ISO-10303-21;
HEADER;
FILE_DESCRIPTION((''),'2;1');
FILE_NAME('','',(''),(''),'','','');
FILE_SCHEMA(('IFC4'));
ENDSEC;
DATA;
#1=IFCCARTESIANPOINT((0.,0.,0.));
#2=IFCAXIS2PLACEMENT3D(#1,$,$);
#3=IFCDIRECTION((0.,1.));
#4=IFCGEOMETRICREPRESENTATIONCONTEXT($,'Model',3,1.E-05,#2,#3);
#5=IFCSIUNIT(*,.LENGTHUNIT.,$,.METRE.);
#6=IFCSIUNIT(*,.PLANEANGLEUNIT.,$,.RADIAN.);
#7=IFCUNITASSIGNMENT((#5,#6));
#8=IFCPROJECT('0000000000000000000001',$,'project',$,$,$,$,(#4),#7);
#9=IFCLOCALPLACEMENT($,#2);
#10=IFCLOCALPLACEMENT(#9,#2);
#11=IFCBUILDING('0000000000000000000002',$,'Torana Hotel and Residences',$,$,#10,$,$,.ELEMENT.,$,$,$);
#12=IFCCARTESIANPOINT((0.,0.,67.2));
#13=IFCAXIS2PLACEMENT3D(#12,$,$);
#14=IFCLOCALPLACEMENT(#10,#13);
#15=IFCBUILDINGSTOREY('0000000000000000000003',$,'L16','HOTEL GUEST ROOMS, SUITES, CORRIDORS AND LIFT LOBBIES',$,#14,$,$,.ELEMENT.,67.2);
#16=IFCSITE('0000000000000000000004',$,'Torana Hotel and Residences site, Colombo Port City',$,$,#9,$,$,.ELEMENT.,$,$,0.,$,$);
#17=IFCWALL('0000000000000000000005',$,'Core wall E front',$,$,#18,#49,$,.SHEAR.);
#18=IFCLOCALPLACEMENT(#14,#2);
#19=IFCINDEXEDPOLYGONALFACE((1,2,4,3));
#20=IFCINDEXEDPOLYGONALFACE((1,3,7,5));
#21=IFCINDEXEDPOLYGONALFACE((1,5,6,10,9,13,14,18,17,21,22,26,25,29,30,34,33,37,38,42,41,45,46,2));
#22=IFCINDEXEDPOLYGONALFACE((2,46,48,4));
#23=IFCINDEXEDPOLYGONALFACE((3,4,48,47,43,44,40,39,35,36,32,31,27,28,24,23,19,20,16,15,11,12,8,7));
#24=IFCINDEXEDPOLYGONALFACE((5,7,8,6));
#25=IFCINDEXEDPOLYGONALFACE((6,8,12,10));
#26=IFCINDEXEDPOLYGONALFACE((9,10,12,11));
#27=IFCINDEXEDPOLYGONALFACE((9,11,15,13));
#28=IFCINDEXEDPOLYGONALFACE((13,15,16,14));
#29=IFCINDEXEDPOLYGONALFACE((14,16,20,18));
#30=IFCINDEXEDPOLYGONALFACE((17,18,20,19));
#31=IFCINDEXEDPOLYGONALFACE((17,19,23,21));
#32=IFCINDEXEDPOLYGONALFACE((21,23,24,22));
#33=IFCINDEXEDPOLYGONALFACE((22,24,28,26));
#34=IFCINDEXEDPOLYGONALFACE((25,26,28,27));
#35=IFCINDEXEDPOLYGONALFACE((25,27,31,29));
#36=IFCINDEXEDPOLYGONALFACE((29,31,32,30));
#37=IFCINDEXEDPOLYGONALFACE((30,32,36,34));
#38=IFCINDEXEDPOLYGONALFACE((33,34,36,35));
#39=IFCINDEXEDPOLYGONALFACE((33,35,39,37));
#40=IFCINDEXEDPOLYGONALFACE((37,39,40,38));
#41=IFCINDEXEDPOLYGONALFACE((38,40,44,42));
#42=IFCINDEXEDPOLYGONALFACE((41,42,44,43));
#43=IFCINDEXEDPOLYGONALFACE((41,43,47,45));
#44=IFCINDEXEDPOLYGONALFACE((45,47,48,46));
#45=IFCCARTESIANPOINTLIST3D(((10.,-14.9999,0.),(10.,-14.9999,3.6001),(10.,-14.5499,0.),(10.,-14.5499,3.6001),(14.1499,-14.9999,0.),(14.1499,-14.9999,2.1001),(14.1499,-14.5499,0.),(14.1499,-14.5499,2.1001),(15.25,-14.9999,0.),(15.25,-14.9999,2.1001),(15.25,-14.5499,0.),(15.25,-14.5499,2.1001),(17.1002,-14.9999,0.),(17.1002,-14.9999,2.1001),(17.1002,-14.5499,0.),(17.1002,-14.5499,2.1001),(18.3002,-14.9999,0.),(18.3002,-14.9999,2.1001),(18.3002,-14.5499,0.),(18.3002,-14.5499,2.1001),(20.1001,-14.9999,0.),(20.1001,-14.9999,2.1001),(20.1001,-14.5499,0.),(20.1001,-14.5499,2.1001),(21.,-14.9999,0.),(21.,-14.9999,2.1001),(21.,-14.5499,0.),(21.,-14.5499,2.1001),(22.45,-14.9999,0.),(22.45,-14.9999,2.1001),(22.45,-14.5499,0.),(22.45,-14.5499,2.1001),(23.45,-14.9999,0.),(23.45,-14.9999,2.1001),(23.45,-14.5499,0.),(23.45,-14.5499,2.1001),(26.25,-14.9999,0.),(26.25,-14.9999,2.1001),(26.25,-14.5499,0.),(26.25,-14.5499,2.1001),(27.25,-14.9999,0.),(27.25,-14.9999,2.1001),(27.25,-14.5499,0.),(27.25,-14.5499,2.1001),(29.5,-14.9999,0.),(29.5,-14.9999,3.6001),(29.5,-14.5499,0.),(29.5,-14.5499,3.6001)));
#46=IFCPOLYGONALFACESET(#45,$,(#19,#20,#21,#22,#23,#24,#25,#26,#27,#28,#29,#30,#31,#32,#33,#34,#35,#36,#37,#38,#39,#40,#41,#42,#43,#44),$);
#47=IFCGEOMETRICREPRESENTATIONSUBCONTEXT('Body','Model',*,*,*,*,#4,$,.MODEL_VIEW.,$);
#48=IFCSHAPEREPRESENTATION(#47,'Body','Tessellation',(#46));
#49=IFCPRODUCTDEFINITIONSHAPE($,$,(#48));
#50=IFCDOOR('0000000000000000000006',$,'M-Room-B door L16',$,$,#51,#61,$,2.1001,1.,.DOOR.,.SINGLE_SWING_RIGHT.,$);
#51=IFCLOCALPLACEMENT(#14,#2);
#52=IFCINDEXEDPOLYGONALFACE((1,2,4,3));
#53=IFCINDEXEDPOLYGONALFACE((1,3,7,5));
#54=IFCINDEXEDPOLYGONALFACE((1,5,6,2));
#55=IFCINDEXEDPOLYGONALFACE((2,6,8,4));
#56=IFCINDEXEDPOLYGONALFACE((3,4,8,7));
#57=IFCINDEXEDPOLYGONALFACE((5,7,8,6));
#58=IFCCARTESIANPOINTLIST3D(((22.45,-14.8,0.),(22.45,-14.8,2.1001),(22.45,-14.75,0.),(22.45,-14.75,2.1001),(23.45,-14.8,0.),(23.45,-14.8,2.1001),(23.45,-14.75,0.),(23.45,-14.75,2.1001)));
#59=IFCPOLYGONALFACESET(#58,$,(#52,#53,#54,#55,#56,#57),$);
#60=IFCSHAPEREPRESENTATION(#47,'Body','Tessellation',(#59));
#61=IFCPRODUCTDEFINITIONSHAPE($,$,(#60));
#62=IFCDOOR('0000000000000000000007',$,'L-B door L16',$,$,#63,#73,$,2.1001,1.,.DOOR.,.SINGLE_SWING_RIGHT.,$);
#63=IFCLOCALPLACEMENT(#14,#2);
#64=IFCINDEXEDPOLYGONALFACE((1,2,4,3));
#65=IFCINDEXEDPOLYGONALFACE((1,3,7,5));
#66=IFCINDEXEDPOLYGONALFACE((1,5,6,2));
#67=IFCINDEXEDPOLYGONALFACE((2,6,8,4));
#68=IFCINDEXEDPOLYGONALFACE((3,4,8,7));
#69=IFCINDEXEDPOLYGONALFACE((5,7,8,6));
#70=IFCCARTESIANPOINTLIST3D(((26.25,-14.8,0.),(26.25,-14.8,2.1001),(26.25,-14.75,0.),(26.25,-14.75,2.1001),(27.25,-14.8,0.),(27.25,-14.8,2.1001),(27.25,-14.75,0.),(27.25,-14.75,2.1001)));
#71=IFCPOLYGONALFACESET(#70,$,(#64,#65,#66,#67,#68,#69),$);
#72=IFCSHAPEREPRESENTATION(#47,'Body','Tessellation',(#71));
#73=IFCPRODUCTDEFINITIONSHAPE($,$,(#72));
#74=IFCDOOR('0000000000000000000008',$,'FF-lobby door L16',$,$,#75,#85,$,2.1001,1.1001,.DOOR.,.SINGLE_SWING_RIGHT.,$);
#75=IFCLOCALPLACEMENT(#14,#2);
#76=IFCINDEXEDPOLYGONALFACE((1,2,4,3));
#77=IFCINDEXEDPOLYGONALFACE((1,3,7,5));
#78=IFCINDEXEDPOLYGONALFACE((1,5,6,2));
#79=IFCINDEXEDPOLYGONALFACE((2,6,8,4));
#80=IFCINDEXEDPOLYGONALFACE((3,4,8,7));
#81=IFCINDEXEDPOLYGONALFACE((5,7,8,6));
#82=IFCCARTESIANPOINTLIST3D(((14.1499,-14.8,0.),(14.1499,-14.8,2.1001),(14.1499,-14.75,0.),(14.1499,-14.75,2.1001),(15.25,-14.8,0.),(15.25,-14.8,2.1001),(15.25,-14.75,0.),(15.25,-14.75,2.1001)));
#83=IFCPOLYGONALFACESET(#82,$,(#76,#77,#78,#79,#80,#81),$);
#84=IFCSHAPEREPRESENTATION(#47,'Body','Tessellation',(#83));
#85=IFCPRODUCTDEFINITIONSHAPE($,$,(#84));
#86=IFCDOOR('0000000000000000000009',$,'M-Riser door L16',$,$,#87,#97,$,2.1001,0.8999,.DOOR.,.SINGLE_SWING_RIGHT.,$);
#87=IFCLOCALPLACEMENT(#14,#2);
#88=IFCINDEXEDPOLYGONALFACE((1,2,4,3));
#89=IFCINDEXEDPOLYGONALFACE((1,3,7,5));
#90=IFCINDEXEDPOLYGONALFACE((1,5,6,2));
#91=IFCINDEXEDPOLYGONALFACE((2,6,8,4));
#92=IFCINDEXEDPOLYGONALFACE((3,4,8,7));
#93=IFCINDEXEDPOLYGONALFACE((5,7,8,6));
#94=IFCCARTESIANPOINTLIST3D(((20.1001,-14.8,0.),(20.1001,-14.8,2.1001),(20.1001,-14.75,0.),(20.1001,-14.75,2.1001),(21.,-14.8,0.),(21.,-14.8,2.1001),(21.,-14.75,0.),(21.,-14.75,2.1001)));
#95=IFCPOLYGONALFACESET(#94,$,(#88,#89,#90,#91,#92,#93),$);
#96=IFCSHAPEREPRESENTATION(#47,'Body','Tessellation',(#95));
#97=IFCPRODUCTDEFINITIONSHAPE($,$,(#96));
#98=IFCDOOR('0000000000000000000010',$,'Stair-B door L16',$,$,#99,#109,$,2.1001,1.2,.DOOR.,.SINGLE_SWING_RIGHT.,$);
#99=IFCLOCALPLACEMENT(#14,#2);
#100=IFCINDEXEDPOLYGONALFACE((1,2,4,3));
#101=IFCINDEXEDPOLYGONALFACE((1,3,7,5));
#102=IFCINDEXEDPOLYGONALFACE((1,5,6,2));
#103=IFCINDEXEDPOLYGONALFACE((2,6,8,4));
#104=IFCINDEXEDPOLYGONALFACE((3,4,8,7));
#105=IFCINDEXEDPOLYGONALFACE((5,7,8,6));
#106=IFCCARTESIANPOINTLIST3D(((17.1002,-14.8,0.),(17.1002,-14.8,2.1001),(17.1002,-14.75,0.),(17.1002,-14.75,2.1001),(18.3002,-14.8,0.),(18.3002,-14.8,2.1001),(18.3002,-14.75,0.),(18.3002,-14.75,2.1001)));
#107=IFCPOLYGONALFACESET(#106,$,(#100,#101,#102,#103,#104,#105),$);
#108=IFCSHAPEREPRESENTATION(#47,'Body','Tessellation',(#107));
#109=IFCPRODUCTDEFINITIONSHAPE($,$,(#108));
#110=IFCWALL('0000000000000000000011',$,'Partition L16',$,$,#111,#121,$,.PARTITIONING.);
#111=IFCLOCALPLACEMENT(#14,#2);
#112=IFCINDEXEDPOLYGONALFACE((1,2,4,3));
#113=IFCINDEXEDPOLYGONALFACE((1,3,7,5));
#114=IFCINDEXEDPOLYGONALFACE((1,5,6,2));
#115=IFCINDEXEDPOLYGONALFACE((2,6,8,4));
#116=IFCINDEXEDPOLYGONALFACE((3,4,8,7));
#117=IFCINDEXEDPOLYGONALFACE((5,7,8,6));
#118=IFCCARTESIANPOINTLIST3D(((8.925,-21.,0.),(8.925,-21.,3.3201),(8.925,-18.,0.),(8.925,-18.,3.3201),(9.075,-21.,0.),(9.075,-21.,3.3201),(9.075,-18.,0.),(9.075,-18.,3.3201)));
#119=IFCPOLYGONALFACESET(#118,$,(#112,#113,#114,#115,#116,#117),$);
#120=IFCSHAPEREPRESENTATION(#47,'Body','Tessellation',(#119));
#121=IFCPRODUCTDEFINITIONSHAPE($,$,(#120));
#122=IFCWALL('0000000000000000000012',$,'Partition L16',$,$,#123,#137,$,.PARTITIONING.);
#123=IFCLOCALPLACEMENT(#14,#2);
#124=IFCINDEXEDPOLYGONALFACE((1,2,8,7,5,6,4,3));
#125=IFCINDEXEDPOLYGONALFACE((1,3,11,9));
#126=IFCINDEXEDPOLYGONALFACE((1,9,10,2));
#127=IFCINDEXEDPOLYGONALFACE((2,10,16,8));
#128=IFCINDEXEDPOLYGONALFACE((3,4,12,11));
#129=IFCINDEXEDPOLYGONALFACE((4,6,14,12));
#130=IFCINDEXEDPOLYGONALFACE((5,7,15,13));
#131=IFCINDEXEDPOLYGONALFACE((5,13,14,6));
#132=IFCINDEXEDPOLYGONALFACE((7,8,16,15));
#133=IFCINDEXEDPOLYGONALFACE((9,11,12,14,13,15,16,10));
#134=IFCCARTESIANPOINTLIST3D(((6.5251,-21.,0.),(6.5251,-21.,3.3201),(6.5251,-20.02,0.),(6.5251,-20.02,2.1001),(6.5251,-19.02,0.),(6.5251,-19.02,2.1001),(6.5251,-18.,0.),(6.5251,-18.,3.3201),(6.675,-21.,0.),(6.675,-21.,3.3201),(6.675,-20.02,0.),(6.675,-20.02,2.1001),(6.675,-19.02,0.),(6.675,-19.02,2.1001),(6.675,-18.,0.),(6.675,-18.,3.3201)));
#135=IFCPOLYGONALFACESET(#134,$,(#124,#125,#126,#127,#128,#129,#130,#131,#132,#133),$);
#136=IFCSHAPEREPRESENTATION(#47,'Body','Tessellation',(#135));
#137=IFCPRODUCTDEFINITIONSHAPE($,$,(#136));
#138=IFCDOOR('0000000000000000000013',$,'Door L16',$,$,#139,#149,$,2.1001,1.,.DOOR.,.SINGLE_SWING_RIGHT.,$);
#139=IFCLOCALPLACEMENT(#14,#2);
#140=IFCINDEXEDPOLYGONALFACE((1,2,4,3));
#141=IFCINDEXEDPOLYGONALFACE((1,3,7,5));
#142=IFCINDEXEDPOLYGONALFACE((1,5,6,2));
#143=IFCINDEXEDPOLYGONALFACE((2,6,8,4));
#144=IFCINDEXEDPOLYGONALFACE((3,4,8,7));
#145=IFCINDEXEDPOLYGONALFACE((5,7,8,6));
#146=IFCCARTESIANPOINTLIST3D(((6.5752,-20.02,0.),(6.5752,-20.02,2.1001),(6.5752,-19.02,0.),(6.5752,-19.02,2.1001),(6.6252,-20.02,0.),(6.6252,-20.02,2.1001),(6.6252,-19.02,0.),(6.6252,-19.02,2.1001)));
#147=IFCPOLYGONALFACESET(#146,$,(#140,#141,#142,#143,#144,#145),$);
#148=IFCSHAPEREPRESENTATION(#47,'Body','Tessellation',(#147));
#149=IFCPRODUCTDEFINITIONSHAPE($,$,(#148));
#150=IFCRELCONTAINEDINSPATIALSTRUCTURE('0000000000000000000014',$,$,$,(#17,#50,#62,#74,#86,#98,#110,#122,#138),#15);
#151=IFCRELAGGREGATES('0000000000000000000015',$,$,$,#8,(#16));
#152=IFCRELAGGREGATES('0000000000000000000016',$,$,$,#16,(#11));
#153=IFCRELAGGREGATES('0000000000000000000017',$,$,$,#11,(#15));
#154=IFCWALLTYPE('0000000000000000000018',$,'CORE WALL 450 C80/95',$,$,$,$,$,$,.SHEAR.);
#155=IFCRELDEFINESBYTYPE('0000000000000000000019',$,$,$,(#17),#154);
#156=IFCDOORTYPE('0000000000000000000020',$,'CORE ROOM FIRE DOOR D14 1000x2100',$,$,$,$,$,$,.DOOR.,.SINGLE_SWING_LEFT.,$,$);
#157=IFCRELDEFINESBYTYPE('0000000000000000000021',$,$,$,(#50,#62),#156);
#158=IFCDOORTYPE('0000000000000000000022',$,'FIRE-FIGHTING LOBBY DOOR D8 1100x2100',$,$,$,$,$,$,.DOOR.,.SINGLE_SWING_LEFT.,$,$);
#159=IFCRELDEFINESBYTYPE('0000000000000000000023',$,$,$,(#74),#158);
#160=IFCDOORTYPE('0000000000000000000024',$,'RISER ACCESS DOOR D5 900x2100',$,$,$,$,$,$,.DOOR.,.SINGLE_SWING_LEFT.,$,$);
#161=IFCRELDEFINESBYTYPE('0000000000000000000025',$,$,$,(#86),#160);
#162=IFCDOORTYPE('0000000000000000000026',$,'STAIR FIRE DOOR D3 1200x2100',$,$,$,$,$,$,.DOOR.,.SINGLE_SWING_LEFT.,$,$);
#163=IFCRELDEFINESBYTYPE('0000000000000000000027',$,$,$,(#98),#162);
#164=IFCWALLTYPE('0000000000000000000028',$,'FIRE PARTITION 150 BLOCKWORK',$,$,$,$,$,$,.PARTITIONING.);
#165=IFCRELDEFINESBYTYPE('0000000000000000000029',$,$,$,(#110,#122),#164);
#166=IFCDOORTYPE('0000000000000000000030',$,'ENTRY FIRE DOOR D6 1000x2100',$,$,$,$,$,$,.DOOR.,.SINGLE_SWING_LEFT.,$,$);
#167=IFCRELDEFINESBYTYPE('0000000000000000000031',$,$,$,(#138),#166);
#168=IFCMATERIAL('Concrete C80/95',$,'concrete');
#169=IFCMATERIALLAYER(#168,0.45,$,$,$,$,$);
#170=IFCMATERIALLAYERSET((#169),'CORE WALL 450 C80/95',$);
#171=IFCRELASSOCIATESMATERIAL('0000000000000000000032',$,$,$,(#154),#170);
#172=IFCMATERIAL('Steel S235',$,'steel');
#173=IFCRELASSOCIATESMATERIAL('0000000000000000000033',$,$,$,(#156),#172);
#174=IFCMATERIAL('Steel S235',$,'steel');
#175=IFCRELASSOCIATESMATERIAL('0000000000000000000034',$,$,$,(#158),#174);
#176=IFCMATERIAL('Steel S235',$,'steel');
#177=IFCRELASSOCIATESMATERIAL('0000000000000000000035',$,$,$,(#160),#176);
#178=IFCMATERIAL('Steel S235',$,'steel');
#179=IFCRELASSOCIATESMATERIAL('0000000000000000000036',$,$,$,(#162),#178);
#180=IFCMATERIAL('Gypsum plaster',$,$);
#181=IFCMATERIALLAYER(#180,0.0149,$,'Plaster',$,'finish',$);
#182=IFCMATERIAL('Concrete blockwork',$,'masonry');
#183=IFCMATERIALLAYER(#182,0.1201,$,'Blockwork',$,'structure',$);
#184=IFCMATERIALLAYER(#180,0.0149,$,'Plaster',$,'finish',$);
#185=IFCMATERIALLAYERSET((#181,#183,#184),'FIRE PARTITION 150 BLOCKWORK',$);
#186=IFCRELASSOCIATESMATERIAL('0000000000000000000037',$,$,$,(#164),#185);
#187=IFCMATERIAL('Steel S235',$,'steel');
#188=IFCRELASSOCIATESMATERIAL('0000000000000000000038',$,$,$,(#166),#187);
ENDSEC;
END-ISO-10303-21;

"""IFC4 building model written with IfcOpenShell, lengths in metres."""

from ifc_helpers import new_model, si_unit, direction, frame, frame_2d, origin, place, context, subcontext, project, spatial, rectangle, extrude, material, layer, layer_set, type_object, element, fill, save


model = new_model("IFC4")

# Units and contexts
model_context = context("Model", 3, precision=1e-05, world=origin(), true_north=direction((0.0, 1.0)))
body_context = subcontext(model_context, "Body", "Model", "MODEL_VIEW")
ifc_project = project(units=[si_unit("LENGTHUNIT", "METRE"), si_unit("PLANEANGLEUNIT", "RADIAN")], contexts=[model_context])

# Site, building, storey
site_placement = place(None, origin())
site = spatial("IfcSite", under=ifc_project, at=site_placement, Name="Torana Hotel and Residences site, Colombo Port City", CompositionType="ELEMENT", RefElevation=0.0)
building_placement = place(site_placement, origin())
building = spatial("IfcBuilding", under=site, at=building_placement, Name="Torana Hotel and Residences", CompositionType="ELEMENT")
storey_placement = place(building_placement, frame((0.0, 0.0, 67.2)))
storey = spatial("IfcBuildingStorey", under=building, at=storey_placement, Name="L16", Description="HOTEL GUEST ROOMS, SUITES, CORRIDORS AND LIFT LOBBIES", CompositionType="ELEMENT", Elevation=67.2)

# Wall, openings, doors
ifc_material_1 = material(Name="Concrete C80/95", Category="concrete")
ifc_layer_1 = layer(ifc_material_1, 0.45)
ifc_layer_set_1 = layer_set([ifc_layer_1], Name="CORE WALL 450 C80/95")
wall_type_1 = type_object("IfcWallType", Name="CORE WALL 450 C80/95", PredefinedType="SHEAR", material=ifc_layer_set_1)
wall_1_placement = place(storey_placement, frame((10.0, -14.7749, 0.0), z_axis=(0.0, 0.0, 1.0), x_axis=(1.0, 0.0, 0.0)))
wall_1 = element("IfcWall", 1, at=wall_1_placement, inside=storey, type_object=wall_type_1, Name="Core wall E front", PredefinedType="SHEAR", context=body_context, shape_type="SweptSolid", body=[
    extrude(rectangle(XDim=19.5, YDim=0.45, at=frame_2d((9.75, 0.0))), origin(), (0.0, 0.0, 1.0), 3.6001),
])
opening_1_placement = place(wall_1_placement, frame((7.1001, 0.0, 0.0)))
opening_1 = element("IfcOpeningElement", 2, at=opening_1_placement, cuts=wall_1, PredefinedType="OPENING", context=body_context, shape_type="SweptSolid", body=[
    extrude(rectangle(XDim=1.2, YDim=2.1001, at=frame_2d((0.6001, 1.05))), frame((0.0, 0.2349, 0.0), z_axis=(0.0, -1.0, 0.0), x_axis=(1.0, 0.0, 0.0)), (0.0, 0.0, 1.0), 0.47),
])
opening_2_placement = place(wall_1_placement, frame((4.1499, 0.0, 0.0)))
opening_2 = element("IfcOpeningElement", 3, at=opening_2_placement, cuts=wall_1, PredefinedType="OPENING", context=body_context, shape_type="SweptSolid", body=[
    extrude(rectangle(XDim=1.1001, YDim=2.1001, at=frame_2d((0.55, 1.05))), frame((0.0, 0.2349, 0.0), z_axis=(0.0, -1.0, 0.0), x_axis=(1.0, 0.0, 0.0)), (0.0, 0.0, 1.0), 0.47),
])
opening_3_placement = place(wall_1_placement, frame((10.1001, 0.0, 0.0)))
opening_3 = element("IfcOpeningElement", 4, at=opening_3_placement, cuts=wall_1, PredefinedType="OPENING", context=body_context, shape_type="SweptSolid", body=[
    extrude(rectangle(XDim=0.8999, YDim=2.1001, at=frame_2d((0.45, 1.05))), frame((0.0, 0.2349, 0.0), z_axis=(0.0, -1.0, 0.0), x_axis=(1.0, 0.0, 0.0)), (0.0, 0.0, 1.0), 0.47),
])
opening_4_placement = place(wall_1_placement, frame((12.45, 0.0, 0.0)))
opening_4 = element("IfcOpeningElement", 5, at=opening_4_placement, cuts=wall_1, PredefinedType="OPENING", context=body_context, shape_type="SweptSolid", body=[
    extrude(rectangle(XDim=1.0, YDim=2.1001, at=frame_2d((0.5, 1.05))), frame((0.0, 0.2349, 0.0), z_axis=(0.0, -1.0, 0.0), x_axis=(1.0, 0.0, 0.0)), (0.0, 0.0, 1.0), 0.47),
])
opening_5_placement = place(wall_1_placement, frame((16.25, 0.0, 0.0)))
opening_5 = element("IfcOpeningElement", 6, at=opening_5_placement, cuts=wall_1, PredefinedType="OPENING", context=body_context, shape_type="SweptSolid", body=[
    extrude(rectangle(XDim=1.0, YDim=2.1001, at=frame_2d((0.5, 1.05))), frame((0.0, 0.2349, 0.0), z_axis=(0.0, -1.0, 0.0), x_axis=(1.0, 0.0, 0.0)), (0.0, 0.0, 1.0), 0.47),
])
ifc_material_2 = material(Name="Steel S235", Category="steel")
door_type_1 = type_object("IfcDoorType", Name="CORE ROOM FIRE DOOR D14 1000x2100", OperationType="SINGLE_SWING_LEFT", PredefinedType="DOOR", material=ifc_material_2)
door_1_placement = place(opening_4_placement, origin())
door_1 = element("IfcDoor", 7, at=door_1_placement, inside=storey, type_object=door_type_1, Name="M-Room-B door L16", OperationType="SINGLE_SWING_RIGHT", OverallHeight=2.1001, OverallWidth=1.0, PredefinedType="DOOR", context=body_context, shape_type="SweptSolid", body=[
    extrude(rectangle(XDim=1.0, YDim=2.1001, at=frame_2d((0.5, 1.05))), frame((0.0, 0.0249, 0.0), z_axis=(0.0, -1.0, 0.0), x_axis=(1.0, 0.0, 0.0)), (0.0, 0.0, 1.0), 0.05),
])
fill(opening_4, door_1)
door_2_placement = place(opening_5_placement, origin())
door_2 = element("IfcDoor", 8, at=door_2_placement, inside=storey, type_object=door_type_1, Name="L-B door L16", OperationType="SINGLE_SWING_RIGHT", OverallHeight=2.1001, OverallWidth=1.0, PredefinedType="DOOR", context=body_context, shape_type="SweptSolid", body=[
    extrude(rectangle(XDim=1.0, YDim=2.1001, at=frame_2d((0.5, 1.05))), frame((0.0, 0.0249, 0.0), z_axis=(0.0, -1.0, 0.0), x_axis=(1.0, 0.0, 0.0)), (0.0, 0.0, 1.0), 0.05),
])
fill(opening_5, door_2)
ifc_material_3 = material(Name="Steel S235", Category="steel")
door_type_2 = type_object("IfcDoorType", Name="FIRE-FIGHTING LOBBY DOOR D8 1100x2100", OperationType="SINGLE_SWING_LEFT", PredefinedType="DOOR", material=ifc_material_3)
door_3_placement = place(opening_2_placement, origin())
door_3 = element("IfcDoor", 9, at=door_3_placement, inside=storey, type_object=door_type_2, Name="FF-lobby door L16", OperationType="SINGLE_SWING_RIGHT", OverallHeight=2.1001, OverallWidth=1.1001, PredefinedType="DOOR", context=body_context, shape_type="SweptSolid", body=[
    extrude(rectangle(XDim=1.1001, YDim=2.1001, at=frame_2d((0.55, 1.05))), frame((0.0, 0.0249, 0.0), z_axis=(0.0, -1.0, 0.0), x_axis=(1.0, 0.0, 0.0)), (0.0, 0.0, 1.0), 0.05),
])
fill(opening_2, door_3)
ifc_material_4 = material(Name="Steel S235", Category="steel")
door_type_3 = type_object("IfcDoorType", Name="RISER ACCESS DOOR D5 900x2100", OperationType="SINGLE_SWING_LEFT", PredefinedType="DOOR", material=ifc_material_4)
door_4_placement = place(opening_3_placement, origin())
door_4 = element("IfcDoor", 10, at=door_4_placement, inside=storey, type_object=door_type_3, Name="M-Riser door L16", OperationType="SINGLE_SWING_RIGHT", OverallHeight=2.1001, OverallWidth=0.8999, PredefinedType="DOOR", context=body_context, shape_type="SweptSolid", body=[
    extrude(rectangle(XDim=0.8999, YDim=2.1001, at=frame_2d((0.45, 1.05))), frame((0.0, 0.0249, 0.0), z_axis=(0.0, -1.0, 0.0), x_axis=(1.0, 0.0, 0.0)), (0.0, 0.0, 1.0), 0.05),
])
fill(opening_3, door_4)
ifc_material_5 = material(Name="Steel S235", Category="steel")
door_type_4 = type_object("IfcDoorType", Name="STAIR FIRE DOOR D3 1200x2100", OperationType="SINGLE_SWING_LEFT", PredefinedType="DOOR", material=ifc_material_5)
door_5_placement = place(opening_1_placement, origin())
door_5 = element("IfcDoor", 11, at=door_5_placement, inside=storey, type_object=door_type_4, Name="Stair-B door L16", OperationType="SINGLE_SWING_RIGHT", OverallHeight=2.1001, OverallWidth=1.2, PredefinedType="DOOR", context=body_context, shape_type="SweptSolid", body=[
    extrude(rectangle(XDim=1.2, YDim=2.1001, at=frame_2d((0.6001, 1.05))), frame((0.0, 0.0249, 0.0), z_axis=(0.0, -1.0, 0.0), x_axis=(1.0, 0.0, 0.0)), (0.0, 0.0, 1.0), 0.05),
])
fill(opening_1, door_5)

# Wall
ifc_material_6 = material(Name="Gypsum plaster")
ifc_layer_2 = layer(ifc_material_6, 0.0149, Name="Plaster", Category="finish")
ifc_material_7 = material(Name="Concrete blockwork", Category="masonry")
ifc_layer_3 = layer(ifc_material_7, 0.1201, Name="Blockwork", Category="structure")
ifc_layer_4 = layer(ifc_material_6, 0.0149, Name="Plaster", Category="finish")
ifc_layer_set_2 = layer_set([ifc_layer_2, ifc_layer_3, ifc_layer_4], Name="FIRE PARTITION 150 BLOCKWORK")
wall_type_2 = type_object("IfcWallType", Name="FIRE PARTITION 150 BLOCKWORK", PredefinedType="PARTITIONING", material=ifc_layer_set_2)
wall_2_placement = place(storey_placement, frame((9.0, -21.0, 0.0), z_axis=(0.0, 0.0, 1.0), x_axis=(0.0, 1.0, 0.0)))
element("IfcWall", 12, at=wall_2_placement, inside=storey, type_object=wall_type_2, Name="Partition L16", PredefinedType="PARTITIONING", context=body_context, shape_type="SweptSolid", body=[
    extrude(rectangle(XDim=3.0, YDim=0.1499, at=frame_2d((1.5, 0.0))), origin(), (0.0, 0.0, 1.0), 3.3201),
])

# Wall, opening, door
wall_3_placement = place(storey_placement, frame((6.6001, -21.0, 0.0), z_axis=(0.0, 0.0, 1.0), x_axis=(0.0, 1.0, 0.0)))
wall_3 = element("IfcWall", 13, at=wall_3_placement, inside=storey, type_object=wall_type_2, Name="Partition L16", PredefinedType="PARTITIONING", context=body_context, shape_type="SweptSolid", body=[
    extrude(rectangle(XDim=3.0, YDim=0.1499, at=frame_2d((1.5, 0.0))), origin(), (0.0, 0.0, 1.0), 3.3201),
])
opening_6_placement = place(wall_3_placement, frame((0.98, 0.0, 0.0)))
opening_6 = element("IfcOpeningElement", 14, at=opening_6_placement, cuts=wall_3, PredefinedType="OPENING", context=body_context, shape_type="SweptSolid", body=[
    extrude(rectangle(XDim=1.0, YDim=2.1001, at=frame_2d((0.5, 1.05))), frame((0.0, 0.085, 0.0), z_axis=(0.0, -1.0, 0.0), x_axis=(1.0, 0.0, 0.0)), (0.0, 0.0, 1.0), 0.1699),
])
ifc_material_8 = material(Name="Steel S235", Category="steel")
door_type_5 = type_object("IfcDoorType", Name="ENTRY FIRE DOOR D6 1000x2100", OperationType="SINGLE_SWING_LEFT", PredefinedType="DOOR", material=ifc_material_8)
door_6_placement = place(opening_6_placement, origin())
door_6 = element("IfcDoor", 15, at=door_6_placement, inside=storey, type_object=door_type_5, Name="Door L16", OperationType="SINGLE_SWING_RIGHT", OverallHeight=2.1001, OverallWidth=1.0, PredefinedType="DOOR", context=body_context, shape_type="SweptSolid", body=[
    extrude(rectangle(XDim=1.0, YDim=2.1001, at=frame_2d((0.5, 1.05))), frame((0.0, 0.0249, 0.0), z_axis=(0.0, -1.0, 0.0), x_axis=(1.0, 0.0, 0.0)), (0.0, 0.0, 1.0), 0.05),
])
fill(opening_6, door_6)

save(model, "model.ifc")
